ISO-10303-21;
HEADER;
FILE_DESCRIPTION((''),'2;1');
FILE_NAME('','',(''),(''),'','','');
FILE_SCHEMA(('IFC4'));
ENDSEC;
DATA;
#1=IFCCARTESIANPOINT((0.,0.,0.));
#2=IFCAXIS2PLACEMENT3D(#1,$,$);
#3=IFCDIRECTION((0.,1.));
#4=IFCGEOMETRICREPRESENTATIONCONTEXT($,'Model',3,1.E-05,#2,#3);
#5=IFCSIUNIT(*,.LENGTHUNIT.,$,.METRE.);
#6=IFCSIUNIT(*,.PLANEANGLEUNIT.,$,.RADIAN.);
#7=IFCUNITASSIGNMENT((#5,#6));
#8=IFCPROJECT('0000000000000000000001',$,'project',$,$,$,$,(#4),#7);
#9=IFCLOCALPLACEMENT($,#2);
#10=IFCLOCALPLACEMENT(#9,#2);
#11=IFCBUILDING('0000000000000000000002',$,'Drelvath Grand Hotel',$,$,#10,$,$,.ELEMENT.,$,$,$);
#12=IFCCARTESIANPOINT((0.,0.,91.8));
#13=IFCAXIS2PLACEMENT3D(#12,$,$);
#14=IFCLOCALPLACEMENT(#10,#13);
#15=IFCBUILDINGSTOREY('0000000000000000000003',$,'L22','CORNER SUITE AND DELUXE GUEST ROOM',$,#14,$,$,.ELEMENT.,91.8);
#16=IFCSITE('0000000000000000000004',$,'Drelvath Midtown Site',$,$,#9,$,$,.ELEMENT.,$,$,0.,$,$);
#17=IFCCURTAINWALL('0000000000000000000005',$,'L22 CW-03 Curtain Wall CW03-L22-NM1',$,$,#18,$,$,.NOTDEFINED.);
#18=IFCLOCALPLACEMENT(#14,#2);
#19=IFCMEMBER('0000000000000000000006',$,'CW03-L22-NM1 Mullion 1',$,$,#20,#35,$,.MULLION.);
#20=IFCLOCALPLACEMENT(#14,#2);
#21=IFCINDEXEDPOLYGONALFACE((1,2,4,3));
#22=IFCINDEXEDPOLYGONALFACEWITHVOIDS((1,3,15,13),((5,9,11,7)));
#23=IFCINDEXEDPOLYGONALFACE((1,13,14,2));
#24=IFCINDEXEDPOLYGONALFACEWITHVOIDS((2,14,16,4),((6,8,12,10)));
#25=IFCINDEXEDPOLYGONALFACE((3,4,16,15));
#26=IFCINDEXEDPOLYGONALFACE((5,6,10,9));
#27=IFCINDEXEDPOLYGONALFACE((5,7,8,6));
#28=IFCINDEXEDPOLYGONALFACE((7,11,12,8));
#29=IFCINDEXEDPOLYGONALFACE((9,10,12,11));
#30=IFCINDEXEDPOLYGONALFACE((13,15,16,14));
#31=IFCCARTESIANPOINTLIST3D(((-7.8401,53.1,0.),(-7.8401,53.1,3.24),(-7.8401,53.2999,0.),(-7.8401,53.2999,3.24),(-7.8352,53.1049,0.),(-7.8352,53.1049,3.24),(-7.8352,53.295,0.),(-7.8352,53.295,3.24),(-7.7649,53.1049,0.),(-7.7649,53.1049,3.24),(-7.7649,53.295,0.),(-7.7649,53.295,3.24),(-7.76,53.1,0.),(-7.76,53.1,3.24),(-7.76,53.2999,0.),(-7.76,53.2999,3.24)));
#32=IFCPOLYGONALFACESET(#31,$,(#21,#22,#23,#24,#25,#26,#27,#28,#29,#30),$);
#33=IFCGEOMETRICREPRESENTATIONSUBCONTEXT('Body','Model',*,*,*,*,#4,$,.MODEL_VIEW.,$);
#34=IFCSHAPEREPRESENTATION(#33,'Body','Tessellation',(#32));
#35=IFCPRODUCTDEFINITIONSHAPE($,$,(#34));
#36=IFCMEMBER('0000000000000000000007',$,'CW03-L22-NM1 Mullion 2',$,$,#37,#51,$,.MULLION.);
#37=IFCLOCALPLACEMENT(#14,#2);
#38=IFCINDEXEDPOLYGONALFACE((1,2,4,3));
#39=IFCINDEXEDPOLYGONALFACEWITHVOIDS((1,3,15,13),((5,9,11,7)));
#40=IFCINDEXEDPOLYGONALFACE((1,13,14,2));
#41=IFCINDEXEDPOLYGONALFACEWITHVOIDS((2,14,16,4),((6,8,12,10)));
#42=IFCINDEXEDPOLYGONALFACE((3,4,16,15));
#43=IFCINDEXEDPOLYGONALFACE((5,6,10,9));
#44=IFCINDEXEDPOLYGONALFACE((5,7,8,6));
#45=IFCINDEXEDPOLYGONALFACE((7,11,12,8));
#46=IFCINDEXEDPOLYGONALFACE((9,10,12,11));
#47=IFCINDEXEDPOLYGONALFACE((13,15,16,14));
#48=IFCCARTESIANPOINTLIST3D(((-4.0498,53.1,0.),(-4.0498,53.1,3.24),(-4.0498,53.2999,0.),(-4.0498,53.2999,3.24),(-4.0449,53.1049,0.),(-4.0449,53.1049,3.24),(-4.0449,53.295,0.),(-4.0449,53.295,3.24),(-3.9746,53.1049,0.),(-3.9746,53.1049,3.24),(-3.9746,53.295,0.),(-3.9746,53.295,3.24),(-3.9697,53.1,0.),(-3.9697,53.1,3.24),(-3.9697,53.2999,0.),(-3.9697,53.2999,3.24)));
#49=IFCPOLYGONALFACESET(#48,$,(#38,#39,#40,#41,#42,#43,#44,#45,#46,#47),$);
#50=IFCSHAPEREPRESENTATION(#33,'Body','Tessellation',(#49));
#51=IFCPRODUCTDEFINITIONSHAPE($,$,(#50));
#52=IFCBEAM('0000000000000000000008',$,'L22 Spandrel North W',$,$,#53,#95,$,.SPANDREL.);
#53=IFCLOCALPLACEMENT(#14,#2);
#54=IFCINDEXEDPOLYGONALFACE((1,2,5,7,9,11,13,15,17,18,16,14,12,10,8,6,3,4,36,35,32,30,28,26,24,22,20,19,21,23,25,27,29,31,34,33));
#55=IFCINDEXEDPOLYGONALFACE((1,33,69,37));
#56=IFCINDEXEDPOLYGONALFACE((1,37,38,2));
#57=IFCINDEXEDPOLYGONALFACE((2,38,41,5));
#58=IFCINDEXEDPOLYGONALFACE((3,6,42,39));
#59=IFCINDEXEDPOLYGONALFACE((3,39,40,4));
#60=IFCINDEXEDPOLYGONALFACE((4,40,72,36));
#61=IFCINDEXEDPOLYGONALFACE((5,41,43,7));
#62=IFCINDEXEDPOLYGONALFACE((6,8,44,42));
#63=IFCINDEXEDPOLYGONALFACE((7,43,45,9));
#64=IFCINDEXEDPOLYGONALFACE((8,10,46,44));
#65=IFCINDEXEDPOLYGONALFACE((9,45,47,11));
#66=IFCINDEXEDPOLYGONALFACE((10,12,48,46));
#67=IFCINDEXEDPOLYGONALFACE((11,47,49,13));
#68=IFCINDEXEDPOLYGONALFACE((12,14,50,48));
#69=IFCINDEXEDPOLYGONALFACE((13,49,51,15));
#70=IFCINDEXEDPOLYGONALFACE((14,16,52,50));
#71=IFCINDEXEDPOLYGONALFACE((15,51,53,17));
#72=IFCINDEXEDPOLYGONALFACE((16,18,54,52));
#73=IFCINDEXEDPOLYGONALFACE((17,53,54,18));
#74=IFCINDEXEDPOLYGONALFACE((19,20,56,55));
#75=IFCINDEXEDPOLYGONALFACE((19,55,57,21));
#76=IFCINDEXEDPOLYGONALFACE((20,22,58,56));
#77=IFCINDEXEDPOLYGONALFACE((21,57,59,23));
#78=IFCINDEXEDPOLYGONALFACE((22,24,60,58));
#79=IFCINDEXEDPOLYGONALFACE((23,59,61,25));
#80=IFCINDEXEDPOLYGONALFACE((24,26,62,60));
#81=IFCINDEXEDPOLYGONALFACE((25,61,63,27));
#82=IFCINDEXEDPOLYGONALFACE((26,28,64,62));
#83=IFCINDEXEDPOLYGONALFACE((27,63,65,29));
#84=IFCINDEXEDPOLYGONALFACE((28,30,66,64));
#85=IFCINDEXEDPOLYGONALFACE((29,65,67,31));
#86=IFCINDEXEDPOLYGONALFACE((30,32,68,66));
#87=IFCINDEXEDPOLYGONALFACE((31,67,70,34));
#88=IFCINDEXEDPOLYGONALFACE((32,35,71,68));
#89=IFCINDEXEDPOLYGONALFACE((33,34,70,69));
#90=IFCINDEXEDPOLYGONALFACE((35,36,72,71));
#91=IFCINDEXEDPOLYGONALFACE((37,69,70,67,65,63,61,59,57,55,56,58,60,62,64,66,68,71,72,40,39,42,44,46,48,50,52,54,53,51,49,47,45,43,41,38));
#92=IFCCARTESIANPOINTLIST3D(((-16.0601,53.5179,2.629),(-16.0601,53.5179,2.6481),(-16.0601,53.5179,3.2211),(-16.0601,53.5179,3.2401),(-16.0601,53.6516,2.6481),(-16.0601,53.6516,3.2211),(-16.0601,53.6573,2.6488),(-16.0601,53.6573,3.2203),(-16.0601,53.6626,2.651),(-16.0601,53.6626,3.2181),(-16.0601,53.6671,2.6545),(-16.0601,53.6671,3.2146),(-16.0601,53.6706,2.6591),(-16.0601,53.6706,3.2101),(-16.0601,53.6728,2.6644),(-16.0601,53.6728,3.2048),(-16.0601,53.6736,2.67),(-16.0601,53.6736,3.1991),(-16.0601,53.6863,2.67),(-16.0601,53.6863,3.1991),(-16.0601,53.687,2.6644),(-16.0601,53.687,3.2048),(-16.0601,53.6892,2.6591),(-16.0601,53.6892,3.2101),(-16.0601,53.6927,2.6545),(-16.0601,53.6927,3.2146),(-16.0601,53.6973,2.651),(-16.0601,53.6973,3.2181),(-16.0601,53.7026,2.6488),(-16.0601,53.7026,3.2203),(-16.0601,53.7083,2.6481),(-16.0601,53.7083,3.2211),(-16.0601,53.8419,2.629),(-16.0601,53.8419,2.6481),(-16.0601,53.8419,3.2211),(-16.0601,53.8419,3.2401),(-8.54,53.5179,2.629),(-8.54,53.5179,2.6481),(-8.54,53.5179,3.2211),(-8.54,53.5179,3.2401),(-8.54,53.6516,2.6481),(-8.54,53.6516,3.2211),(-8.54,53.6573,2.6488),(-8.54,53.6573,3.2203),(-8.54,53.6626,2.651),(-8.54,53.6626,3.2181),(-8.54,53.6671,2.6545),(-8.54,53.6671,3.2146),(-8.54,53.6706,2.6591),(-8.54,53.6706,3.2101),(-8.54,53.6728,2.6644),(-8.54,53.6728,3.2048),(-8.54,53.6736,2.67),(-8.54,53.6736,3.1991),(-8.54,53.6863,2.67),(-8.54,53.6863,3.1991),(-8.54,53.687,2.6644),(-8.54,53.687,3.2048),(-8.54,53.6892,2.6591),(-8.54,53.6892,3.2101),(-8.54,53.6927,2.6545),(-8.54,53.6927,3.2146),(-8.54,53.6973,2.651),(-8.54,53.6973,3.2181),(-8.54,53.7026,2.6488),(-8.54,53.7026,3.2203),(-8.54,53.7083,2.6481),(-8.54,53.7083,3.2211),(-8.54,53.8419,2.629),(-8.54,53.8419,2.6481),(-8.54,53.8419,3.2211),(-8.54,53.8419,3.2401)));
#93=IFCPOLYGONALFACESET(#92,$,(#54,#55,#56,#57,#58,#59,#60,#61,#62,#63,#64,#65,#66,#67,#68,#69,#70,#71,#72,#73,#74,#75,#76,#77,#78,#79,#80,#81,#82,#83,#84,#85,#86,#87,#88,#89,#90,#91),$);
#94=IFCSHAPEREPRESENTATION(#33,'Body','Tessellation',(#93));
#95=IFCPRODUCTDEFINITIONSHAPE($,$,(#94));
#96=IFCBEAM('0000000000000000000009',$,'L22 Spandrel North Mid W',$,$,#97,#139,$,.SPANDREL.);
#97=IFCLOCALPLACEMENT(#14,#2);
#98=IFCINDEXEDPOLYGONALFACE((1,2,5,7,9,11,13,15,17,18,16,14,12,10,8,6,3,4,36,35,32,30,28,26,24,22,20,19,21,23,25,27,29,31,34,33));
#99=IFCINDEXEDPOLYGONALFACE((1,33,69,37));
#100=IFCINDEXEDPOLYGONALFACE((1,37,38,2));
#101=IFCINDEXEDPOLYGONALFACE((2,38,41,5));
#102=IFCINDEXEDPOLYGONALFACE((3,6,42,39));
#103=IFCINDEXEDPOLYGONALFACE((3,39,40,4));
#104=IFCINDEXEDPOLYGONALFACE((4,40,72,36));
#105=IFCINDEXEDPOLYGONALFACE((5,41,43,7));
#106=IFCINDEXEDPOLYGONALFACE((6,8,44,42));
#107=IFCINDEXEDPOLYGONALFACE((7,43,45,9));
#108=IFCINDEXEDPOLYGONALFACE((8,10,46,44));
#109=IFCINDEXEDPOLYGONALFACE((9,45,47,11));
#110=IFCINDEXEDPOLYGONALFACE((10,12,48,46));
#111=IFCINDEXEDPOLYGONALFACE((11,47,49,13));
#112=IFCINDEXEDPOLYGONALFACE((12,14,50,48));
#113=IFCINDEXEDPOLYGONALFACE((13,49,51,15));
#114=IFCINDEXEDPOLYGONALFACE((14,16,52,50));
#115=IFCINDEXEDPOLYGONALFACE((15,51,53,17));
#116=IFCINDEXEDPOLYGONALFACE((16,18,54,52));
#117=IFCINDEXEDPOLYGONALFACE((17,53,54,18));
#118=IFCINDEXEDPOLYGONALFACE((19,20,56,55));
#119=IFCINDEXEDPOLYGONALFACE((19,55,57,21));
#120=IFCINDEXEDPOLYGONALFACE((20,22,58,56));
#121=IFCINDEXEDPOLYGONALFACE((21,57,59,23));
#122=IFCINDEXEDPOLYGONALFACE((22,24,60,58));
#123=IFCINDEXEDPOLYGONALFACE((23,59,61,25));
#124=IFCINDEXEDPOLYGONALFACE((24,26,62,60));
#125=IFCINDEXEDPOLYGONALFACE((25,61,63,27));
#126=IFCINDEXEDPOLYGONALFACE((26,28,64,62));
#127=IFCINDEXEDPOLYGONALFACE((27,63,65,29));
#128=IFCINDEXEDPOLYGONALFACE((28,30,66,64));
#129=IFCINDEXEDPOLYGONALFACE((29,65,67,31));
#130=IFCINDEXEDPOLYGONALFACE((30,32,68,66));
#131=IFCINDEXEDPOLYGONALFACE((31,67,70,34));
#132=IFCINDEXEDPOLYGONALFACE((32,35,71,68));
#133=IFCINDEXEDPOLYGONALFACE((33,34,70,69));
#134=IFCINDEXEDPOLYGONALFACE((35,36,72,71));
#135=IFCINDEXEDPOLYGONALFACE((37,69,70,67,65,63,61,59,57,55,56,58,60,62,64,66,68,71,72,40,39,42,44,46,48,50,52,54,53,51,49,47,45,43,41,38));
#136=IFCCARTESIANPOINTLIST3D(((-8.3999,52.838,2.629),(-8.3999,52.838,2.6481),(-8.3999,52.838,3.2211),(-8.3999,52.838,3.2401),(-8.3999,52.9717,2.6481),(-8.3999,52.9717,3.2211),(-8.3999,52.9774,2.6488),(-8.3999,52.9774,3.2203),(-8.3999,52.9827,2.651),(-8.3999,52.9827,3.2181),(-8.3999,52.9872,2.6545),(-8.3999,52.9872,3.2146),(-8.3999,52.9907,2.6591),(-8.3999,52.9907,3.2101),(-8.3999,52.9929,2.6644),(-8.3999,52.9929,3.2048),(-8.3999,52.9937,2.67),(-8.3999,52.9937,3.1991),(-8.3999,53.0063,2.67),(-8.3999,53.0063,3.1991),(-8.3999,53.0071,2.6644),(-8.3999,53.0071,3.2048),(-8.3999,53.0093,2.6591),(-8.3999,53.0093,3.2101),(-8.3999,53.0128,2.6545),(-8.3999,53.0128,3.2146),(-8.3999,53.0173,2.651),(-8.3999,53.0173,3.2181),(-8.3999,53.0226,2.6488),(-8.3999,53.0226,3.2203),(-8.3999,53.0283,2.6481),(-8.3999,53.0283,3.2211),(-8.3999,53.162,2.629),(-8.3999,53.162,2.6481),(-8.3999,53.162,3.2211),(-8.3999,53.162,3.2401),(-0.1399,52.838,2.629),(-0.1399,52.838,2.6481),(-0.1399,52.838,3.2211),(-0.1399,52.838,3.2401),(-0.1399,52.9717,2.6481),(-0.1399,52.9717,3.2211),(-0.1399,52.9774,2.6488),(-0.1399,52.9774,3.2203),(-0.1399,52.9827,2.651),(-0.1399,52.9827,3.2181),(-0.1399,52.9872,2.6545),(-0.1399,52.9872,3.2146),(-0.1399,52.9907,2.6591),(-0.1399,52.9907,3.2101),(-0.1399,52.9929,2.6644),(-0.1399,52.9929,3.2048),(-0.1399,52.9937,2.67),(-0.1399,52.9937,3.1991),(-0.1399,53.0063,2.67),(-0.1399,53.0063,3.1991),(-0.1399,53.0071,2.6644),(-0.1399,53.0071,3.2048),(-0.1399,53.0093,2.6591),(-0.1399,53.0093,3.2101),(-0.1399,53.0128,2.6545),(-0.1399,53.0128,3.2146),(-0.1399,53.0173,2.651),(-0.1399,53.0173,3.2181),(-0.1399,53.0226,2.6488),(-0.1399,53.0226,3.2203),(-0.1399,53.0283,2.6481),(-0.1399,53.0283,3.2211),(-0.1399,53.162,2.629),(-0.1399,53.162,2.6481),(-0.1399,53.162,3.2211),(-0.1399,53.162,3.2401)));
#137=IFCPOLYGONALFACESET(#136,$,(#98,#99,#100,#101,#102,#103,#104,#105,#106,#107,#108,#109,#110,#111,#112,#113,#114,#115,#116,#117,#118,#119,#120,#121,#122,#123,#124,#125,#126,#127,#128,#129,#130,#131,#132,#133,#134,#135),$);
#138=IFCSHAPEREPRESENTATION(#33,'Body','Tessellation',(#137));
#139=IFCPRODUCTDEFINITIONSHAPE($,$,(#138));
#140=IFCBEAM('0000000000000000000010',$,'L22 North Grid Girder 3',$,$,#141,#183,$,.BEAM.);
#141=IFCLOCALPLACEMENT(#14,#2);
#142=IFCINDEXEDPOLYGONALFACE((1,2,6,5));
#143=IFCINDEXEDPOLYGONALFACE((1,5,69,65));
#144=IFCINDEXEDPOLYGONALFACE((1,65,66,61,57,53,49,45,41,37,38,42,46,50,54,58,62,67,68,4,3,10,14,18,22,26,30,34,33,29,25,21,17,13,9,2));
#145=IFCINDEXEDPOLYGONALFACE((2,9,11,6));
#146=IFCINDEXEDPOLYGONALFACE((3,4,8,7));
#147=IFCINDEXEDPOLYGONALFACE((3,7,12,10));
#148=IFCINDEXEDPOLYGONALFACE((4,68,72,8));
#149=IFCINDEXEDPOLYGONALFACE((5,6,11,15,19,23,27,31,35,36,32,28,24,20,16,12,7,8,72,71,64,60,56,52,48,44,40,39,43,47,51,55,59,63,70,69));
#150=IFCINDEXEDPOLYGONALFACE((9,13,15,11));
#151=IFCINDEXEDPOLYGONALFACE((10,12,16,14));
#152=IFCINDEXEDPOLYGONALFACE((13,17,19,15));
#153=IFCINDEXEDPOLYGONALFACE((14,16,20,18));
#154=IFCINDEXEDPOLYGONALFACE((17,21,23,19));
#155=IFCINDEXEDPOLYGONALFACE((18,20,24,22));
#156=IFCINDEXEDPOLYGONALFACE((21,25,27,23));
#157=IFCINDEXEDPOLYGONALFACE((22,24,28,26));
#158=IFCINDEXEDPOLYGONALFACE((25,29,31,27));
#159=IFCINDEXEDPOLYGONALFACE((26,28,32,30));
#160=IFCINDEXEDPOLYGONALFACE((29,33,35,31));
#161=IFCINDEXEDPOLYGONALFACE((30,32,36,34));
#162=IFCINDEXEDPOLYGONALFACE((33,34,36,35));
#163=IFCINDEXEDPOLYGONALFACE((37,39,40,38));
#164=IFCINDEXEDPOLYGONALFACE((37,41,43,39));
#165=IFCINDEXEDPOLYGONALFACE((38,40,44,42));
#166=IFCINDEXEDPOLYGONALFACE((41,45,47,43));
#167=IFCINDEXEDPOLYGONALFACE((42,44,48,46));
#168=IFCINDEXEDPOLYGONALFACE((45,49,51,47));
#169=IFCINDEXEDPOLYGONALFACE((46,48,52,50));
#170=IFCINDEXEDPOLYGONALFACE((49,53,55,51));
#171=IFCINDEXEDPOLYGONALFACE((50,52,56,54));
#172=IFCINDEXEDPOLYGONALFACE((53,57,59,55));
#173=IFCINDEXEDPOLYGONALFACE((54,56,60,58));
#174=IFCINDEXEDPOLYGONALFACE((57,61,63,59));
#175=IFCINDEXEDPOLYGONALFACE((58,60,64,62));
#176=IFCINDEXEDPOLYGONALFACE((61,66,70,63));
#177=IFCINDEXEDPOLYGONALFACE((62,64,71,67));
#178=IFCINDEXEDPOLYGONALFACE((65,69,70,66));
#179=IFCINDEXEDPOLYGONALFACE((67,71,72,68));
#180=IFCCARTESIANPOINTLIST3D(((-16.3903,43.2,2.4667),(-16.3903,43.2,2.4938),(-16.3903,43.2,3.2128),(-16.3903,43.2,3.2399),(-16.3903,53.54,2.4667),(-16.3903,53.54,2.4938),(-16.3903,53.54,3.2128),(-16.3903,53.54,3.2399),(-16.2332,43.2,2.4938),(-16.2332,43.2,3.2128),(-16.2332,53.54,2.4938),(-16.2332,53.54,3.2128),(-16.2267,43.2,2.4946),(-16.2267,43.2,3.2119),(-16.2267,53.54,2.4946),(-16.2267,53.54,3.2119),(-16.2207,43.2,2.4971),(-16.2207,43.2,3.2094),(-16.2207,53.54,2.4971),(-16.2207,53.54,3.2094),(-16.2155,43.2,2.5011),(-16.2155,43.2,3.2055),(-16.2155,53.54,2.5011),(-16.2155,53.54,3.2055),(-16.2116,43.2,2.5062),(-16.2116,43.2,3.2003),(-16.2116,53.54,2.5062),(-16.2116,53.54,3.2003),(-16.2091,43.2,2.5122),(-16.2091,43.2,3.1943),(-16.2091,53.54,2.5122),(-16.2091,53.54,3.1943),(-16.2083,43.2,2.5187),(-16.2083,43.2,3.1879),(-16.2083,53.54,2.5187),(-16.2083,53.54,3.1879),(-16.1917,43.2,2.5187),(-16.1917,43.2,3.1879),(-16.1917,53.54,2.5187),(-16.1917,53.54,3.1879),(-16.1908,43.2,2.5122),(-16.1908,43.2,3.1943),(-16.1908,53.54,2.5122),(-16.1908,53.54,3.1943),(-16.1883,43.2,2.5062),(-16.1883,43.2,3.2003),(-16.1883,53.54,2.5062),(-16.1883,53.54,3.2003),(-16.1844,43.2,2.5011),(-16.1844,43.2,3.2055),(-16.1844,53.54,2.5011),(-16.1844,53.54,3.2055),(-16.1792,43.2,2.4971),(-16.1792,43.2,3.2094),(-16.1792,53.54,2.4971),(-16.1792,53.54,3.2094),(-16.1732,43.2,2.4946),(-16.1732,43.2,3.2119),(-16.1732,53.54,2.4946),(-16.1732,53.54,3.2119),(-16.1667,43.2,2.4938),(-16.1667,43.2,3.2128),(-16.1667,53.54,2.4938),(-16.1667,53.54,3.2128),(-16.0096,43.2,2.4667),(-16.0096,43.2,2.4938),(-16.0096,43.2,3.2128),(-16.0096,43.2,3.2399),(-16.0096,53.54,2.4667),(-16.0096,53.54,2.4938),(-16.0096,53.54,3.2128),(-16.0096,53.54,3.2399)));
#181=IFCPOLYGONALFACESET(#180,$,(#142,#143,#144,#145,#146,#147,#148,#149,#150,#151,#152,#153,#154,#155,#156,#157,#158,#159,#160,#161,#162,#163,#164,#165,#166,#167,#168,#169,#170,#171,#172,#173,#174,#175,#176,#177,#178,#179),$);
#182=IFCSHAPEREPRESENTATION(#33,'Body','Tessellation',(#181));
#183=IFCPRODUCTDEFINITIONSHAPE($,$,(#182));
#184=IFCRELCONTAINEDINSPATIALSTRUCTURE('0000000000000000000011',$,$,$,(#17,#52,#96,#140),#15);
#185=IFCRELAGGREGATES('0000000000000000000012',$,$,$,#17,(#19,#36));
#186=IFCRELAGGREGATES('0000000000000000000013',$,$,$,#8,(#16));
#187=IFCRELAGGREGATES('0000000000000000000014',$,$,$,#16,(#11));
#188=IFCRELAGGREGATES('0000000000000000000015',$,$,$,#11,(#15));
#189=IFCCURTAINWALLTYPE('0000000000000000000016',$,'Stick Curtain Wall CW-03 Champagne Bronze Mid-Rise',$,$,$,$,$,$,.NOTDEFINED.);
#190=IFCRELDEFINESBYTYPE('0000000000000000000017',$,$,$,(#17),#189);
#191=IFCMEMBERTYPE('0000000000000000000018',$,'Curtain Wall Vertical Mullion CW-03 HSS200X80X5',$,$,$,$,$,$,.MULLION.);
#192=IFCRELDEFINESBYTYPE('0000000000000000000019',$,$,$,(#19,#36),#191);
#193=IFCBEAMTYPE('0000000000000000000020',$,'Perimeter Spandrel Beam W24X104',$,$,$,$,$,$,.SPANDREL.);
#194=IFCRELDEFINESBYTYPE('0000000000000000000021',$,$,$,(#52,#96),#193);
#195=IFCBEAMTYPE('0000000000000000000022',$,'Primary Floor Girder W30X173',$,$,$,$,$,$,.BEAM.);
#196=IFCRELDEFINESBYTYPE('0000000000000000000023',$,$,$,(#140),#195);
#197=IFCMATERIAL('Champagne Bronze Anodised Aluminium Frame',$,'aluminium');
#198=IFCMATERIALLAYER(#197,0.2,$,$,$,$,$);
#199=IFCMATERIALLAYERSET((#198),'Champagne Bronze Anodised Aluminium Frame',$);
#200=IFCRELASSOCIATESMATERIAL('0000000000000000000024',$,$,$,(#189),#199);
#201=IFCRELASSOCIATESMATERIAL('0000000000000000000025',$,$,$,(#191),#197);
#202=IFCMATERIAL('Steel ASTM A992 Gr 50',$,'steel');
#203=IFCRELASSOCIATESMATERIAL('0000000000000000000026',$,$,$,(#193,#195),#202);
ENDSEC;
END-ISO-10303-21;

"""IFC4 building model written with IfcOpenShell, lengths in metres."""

from ifc_helpers import new_model, si_unit, direction, frame, origin, origin_2d, place, context, subcontext, project, spatial, hollow_rectangle, i_section, extrude, material, layer, layer_set, material_profile, profile_set, type_object, element, aggregate, save


model = new_model("IFC4")

# Units and contexts
model_context = context("Model", 3, precision=1e-05, world=origin(), true_north=direction((0.0, 1.0)))
body_context = subcontext(model_context, "Body", "Model", "MODEL_VIEW")
ifc_project = project(units=[si_unit("LENGTHUNIT", "METRE"), si_unit("PLANEANGLEUNIT", "RADIAN")], contexts=[model_context])

# Site, building, storey
site_placement = place(None, origin())
site = spatial("IfcSite", under=ifc_project, at=site_placement, Name="Drelvath Midtown Site", CompositionType="ELEMENT", RefElevation=0.0)
building_placement = place(site_placement, origin())
building = spatial("IfcBuilding", under=site, at=building_placement, Name="Drelvath Grand Hotel", CompositionType="ELEMENT")
storey_placement = place(building_placement, frame((0.0, 0.0, 91.8)))
storey = spatial("IfcBuildingStorey", under=building, at=storey_placement, Name="L22", Description="CORNER SUITE AND DELUXE GUEST ROOM", CompositionType="ELEMENT", Elevation=91.8)

# Curtain wall
ifc_material_1 = material(Name="Champagne Bronze Anodised Aluminium Frame", Category="aluminium")
ifc_layer_1 = layer(ifc_material_1, 0.2)
ifc_layer_set_1 = layer_set([ifc_layer_1], Name="Champagne Bronze Anodised Aluminium Frame")
curtain_wall_type = type_object("IfcCurtainWallType", Name="Stick Curtain Wall CW-03 Champagne Bronze Mid-Rise", PredefinedType="NOTDEFINED", material=ifc_layer_set_1)
curtain_wall_1_placement = place(storey_placement, origin())
curtain_wall_1 = element("IfcCurtainWall", 1, at=curtain_wall_1_placement, inside=storey, type_object=curtain_wall_type, Name="L22 CW-03 Curtain Wall CW03-L22-NM1", PredefinedType="NOTDEFINED")

# Members
ifc_material_profile_1 = material_profile(ifc_material_1, hollow_rectangle(XDim=0.0801, YDim=0.2, WallThickness=0.0049, at=origin_2d()), Name="HSS200X80X5")
ifc_profile_set_1 = profile_set([ifc_material_profile_1], Name="Champagne Bronze Anodised Aluminium Frame")
member_type_1 = type_object("IfcMemberType", Name="Curtain Wall Vertical Mullion CW-03 HSS200X80X5", PredefinedType="MULLION", material=ifc_profile_set_1)
member_1_placement = place(storey_placement, frame((-7.8, 53.2, 0.0), z_axis=(0.0, 0.0, 1.0), x_axis=(1.0, 0.0, 0.0)))
member_1 = element("IfcMember", 2, at=member_1_placement, type_object=member_type_1, Name="CW03-L22-NM1 Mullion 1", PredefinedType="MULLION", context=body_context, shape_type="SweptSolid", body=[
    extrude(hollow_rectangle(XDim=0.0801, YDim=0.2, WallThickness=0.0049, at=origin_2d()), origin(), (0.0, 0.0, 1.0), 3.24),
])
member_2_placement = place(storey_placement, frame((-4.0098, 53.2, 0.0), z_axis=(0.0, 0.0, 1.0), x_axis=(1.0, 0.0, 0.0)))
member_2 = element("IfcMember", 3, at=member_2_placement, type_object=member_type_1, Name="CW03-L22-NM1 Mullion 2", PredefinedType="MULLION", context=body_context, shape_type="SweptSolid", body=[
    extrude(hollow_rectangle(XDim=0.0801, YDim=0.2, WallThickness=0.0049, at=origin_2d()), origin(), (0.0, 0.0, 1.0), 3.24),
])

# Beams
ifc_material_2 = material(Name="Steel ASTM A992 Gr 50", Category="steel")
ifc_material_profile_2 = material_profile(ifc_material_2, i_section(OverallWidth=0.324, OverallDepth=0.6111, WebThickness=0.0127, FlangeThickness=0.019, FilletRadius=0.022, at=origin_2d()), Name="W24X104")
ifc_profile_set_2 = profile_set([ifc_material_profile_2], Name="Steel ASTM A992 Gr 50")
beam_type_1 = type_object("IfcBeamType", Name="Perimeter Spandrel Beam W24X104", PredefinedType="SPANDREL", material=ifc_profile_set_2)
beam_1_placement = place(storey_placement, frame((-16.0601, 53.6799, 2.9346), z_axis=(1.0, 0.0, 0.0), x_axis=(0.0, 1.0, 0.0)))
element("IfcBeam", 4, at=beam_1_placement, inside=storey, type_object=beam_type_1, Name="L22 Spandrel North W", PredefinedType="SPANDREL", context=body_context, shape_type="SweptSolid", body=[
    extrude(i_section(OverallWidth=0.324, OverallDepth=0.6111, WebThickness=0.0127, FlangeThickness=0.019, FilletRadius=0.022, at=origin_2d()), origin(), (0.0, 0.0, 1.0), 7.52),
])
beam_2_placement = place(storey_placement, frame((-8.3999, 53.0, 2.9346), z_axis=(1.0, 0.0, 0.0), x_axis=(0.0, 1.0, 0.0)))
element("IfcBeam", 5, at=beam_2_placement, inside=storey, type_object=beam_type_1, Name="L22 Spandrel North Mid W", PredefinedType="SPANDREL", context=body_context, shape_type="SweptSolid", body=[
    extrude(i_section(OverallWidth=0.324, OverallDepth=0.6111, WebThickness=0.0127, FlangeThickness=0.019, FilletRadius=0.022, at=origin_2d()), origin(), (0.0, 0.0, 1.0), 8.26),
])
ifc_material_profile_3 = material_profile(ifc_material_2, i_section(OverallWidth=0.3806, OverallDepth=0.7732, WebThickness=0.0166, FlangeThickness=0.0271, FilletRadius=0.0249, at=origin_2d()), Name="W30X173")
ifc_profile_set_3 = profile_set([ifc_material_profile_3], Name="Steel ASTM A992 Gr 50")
beam_type_2 = type_object("IfcBeamType", Name="Primary Floor Girder W30X173", PredefinedType="BEAM", material=ifc_profile_set_3)
beam_3_placement = place(storey_placement, frame((-16.2, 43.2, 2.8533), z_axis=(0.0, 1.0, 0.0), x_axis=(-1.0, 0.0, 0.0)))
element("IfcBeam", 6, at=beam_3_placement, inside=storey, type_object=beam_type_2, Name="L22 North Grid Girder 3", PredefinedType="BEAM", context=body_context, shape_type="SweptSolid", body=[
    extrude(i_section(OverallWidth=0.3806, OverallDepth=0.7732, WebThickness=0.0166, FlangeThickness=0.0271, FilletRadius=0.0249, at=origin_2d()), origin(), (0.0, 0.0, 1.0), 10.3401),
])

aggregate(curtain_wall_1, [member_1, member_2])

save(model, "model.ifc")
